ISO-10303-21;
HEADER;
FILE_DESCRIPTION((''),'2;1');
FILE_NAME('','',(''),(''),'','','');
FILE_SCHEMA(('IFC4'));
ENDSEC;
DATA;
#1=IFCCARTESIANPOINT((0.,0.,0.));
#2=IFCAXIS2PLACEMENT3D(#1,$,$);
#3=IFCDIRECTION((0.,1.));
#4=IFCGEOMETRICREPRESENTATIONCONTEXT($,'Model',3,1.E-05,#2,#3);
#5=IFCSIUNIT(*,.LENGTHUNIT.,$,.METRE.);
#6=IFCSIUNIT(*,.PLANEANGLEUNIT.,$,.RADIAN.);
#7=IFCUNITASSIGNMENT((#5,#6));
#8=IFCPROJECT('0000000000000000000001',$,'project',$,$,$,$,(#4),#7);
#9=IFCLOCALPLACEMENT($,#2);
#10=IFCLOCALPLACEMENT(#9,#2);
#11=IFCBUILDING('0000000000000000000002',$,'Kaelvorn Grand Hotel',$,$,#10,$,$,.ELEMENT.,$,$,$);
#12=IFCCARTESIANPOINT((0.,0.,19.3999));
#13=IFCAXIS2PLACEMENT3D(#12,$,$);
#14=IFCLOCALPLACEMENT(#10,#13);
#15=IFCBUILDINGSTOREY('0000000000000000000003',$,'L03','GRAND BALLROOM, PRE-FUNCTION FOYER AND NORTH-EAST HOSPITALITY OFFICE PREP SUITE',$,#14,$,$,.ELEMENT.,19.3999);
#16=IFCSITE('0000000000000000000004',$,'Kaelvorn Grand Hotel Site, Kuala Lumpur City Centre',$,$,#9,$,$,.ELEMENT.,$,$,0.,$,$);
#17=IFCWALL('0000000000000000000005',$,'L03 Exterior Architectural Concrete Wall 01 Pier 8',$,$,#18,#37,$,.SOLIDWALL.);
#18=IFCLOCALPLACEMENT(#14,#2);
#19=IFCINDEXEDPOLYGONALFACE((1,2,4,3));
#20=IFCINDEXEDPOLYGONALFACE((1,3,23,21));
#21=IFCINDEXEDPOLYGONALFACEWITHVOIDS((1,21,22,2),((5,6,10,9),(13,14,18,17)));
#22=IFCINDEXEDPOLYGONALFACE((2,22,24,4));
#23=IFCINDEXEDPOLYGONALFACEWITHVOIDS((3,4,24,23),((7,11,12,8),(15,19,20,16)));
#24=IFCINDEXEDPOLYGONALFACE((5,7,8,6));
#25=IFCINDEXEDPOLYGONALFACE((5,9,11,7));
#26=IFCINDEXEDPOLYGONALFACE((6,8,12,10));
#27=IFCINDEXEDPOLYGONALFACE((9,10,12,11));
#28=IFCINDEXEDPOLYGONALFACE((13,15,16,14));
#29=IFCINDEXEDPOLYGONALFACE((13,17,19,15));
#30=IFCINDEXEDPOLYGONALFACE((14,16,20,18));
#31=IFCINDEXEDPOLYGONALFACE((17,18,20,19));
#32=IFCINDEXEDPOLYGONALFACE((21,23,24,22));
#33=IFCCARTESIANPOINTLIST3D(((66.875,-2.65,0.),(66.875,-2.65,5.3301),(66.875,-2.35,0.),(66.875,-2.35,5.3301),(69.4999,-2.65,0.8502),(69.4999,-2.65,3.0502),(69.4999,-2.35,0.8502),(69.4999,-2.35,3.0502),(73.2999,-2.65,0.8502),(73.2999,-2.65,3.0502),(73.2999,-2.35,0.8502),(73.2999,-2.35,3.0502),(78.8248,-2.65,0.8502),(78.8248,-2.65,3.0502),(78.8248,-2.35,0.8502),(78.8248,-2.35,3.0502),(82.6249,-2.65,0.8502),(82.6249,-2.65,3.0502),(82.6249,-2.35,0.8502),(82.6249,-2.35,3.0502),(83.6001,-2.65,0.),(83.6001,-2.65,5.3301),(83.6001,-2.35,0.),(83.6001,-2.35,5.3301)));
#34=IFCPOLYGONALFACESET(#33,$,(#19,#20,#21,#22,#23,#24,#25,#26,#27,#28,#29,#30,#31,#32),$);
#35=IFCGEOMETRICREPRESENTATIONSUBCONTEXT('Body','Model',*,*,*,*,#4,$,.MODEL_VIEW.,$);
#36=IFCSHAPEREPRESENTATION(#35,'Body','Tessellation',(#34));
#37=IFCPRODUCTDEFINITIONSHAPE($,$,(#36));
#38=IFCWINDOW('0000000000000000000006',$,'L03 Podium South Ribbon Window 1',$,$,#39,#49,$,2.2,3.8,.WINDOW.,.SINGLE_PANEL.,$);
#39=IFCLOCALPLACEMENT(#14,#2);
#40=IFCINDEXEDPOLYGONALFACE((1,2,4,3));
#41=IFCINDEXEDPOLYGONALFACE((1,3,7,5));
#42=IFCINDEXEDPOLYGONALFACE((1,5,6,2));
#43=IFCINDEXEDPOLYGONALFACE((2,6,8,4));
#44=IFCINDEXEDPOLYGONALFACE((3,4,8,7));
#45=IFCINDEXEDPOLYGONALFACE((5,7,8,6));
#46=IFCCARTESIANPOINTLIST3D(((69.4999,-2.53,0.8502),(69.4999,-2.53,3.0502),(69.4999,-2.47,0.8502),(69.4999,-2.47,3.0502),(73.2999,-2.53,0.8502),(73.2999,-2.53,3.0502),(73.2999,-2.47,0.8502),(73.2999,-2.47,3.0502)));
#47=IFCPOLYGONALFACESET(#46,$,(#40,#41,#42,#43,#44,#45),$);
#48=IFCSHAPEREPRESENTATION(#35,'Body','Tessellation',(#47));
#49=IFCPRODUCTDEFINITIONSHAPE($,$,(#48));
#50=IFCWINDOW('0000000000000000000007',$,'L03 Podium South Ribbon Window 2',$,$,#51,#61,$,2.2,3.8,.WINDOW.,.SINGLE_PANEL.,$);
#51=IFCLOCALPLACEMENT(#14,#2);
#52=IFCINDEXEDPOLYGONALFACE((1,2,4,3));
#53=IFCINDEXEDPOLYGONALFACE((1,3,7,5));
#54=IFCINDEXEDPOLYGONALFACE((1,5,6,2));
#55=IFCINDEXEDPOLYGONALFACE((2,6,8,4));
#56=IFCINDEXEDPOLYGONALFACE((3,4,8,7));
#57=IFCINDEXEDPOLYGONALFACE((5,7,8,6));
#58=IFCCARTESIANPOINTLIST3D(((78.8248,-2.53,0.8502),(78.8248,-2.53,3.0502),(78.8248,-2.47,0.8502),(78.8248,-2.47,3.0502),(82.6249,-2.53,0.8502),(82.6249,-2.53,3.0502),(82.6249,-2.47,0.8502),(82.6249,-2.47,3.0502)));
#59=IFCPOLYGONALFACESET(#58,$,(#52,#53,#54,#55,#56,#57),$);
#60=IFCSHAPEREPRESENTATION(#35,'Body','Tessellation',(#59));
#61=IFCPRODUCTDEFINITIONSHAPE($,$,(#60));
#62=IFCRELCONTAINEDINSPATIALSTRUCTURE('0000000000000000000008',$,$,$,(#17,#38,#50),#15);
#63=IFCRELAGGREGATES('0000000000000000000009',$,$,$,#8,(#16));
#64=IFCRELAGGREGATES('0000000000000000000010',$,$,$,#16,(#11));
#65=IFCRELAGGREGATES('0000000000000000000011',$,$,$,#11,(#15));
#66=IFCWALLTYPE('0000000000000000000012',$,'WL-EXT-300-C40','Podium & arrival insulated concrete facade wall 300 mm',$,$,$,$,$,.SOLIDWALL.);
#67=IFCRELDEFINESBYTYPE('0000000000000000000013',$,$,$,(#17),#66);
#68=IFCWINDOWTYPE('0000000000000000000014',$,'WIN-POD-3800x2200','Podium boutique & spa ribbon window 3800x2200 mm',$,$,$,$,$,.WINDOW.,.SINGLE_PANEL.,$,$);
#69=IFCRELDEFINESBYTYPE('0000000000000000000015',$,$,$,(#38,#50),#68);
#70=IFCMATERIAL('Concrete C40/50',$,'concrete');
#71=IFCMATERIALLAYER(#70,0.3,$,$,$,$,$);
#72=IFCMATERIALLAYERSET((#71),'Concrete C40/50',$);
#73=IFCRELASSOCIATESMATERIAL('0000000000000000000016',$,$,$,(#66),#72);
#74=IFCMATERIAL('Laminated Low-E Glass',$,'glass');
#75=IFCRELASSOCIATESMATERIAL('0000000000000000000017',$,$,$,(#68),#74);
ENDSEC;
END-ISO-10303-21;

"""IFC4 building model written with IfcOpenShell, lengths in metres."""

from ifc_helpers import new_model, si_unit, direction, frame, frame_2d, origin, place, context, subcontext, project, spatial, rectangle, extrude, material, layer, layer_set, type_object, element, fill, save


model = new_model("IFC4")

# Units and contexts
model_context = context("Model", 3, precision=1e-05, world=origin(), true_north=direction((0.0, 1.0)))
body_context = subcontext(model_context, "Body", "Model", "MODEL_VIEW")
ifc_project = project(units=[si_unit("LENGTHUNIT", "METRE"), si_unit("PLANEANGLEUNIT", "RADIAN")], contexts=[model_context])

# Site, building, storey
site_placement = place(None, origin())
site = spatial("IfcSite", under=ifc_project, at=site_placement, Name="Kaelvorn Grand Hotel Site, Kuala Lumpur City Centre", CompositionType="ELEMENT", RefElevation=0.0)
building_placement = place(site_placement, origin())
building = spatial("IfcBuilding", under=site, at=building_placement, Name="Kaelvorn Grand Hotel", CompositionType="ELEMENT")
storey_placement = place(building_placement, frame((0.0, 0.0, 19.3999)))
storey = spatial("IfcBuildingStorey", under=building, at=storey_placement, Name="L03", Description="GRAND BALLROOM, PRE-FUNCTION FOYER AND NORTH-EAST HOSPITALITY OFFICE PREP SUITE", CompositionType="ELEMENT", Elevation=19.3999)

# Shared definitions
ifc_material_1 = material(Name="Laminated Low-E Glass", Category="glass")

# Wall, openings, windows
ifc_material_2 = material(Name="Concrete C40/50", Category="concrete")
ifc_layer_1 = layer(ifc_material_2, 0.3)
ifc_layer_set_1 = layer_set([ifc_layer_1], Name="Concrete C40/50")
wall_type = type_object("IfcWallType", Name="WL-EXT-300-C40", Description="Podium & arrival insulated concrete facade wall 300 mm", PredefinedType="SOLIDWALL", material=ifc_layer_set_1)
wall_placement = place(storey_placement, frame((66.875, -2.5, 0.0), z_axis=(0.0, 0.0, 1.0), x_axis=(1.0, 0.0, 0.0)))
wall = element("IfcWall", 1, at=wall_placement, inside=storey, type_object=wall_type, Name="L03 Exterior Architectural Concrete Wall 01 Pier 8", PredefinedType="SOLIDWALL", context=body_context, shape_type="SweptSolid", body=[
    extrude(rectangle(XDim=16.7251, YDim=0.3, at=frame_2d((8.3625, 0.0))), origin(), (0.0, 0.0, 1.0), 5.3301),
])
opening_1_placement = place(wall_placement, frame((2.625, 0.0, 0.8501)))
opening_1 = element("IfcOpeningElement", 2, at=opening_1_placement, cuts=wall, PredefinedType="OPENING", context=body_context, shape_type="SweptSolid", body=[
    extrude(rectangle(XDim=3.8, YDim=2.2, at=frame_2d((1.8999, 1.1001))), frame((0.0, 0.1602, 0.0), z_axis=(0.0, -1.0, 0.0), x_axis=(1.0, 0.0, 0.0)), (0.0, 0.0, 1.0), 0.3201),
])
opening_2_placement = place(wall_placement, frame((11.95, 0.0, 0.8501)))
opening_2 = element("IfcOpeningElement", 3, at=opening_2_placement, cuts=wall, PredefinedType="OPENING", context=body_context, shape_type="SweptSolid", body=[
    extrude(rectangle(XDim=3.8, YDim=2.2, at=frame_2d((1.8999, 1.1001))), frame((0.0, 0.1602, 0.0), z_axis=(0.0, -1.0, 0.0), x_axis=(1.0, 0.0, 0.0)), (0.0, 0.0, 1.0), 0.3201),
])
window_type = type_object("IfcWindowType", Name="WIN-POD-3800x2200", Description="Podium boutique & spa ribbon window 3800x2200 mm", PartitioningType="SINGLE_PANEL", PredefinedType="WINDOW", material=ifc_material_1)
window_1_placement = place(opening_1_placement, origin())
window_1 = element("IfcWindow", 4, at=window_1_placement, inside=storey, type_object=window_type, Name="L03 Podium South Ribbon Window 1", OverallHeight=2.2, OverallWidth=3.8, PartitioningType="SINGLE_PANEL", PredefinedType="WINDOW", context=body_context, shape_type="SweptSolid", body=[
    extrude(rectangle(XDim=3.8, YDim=2.2, at=frame_2d((1.8999, 1.1001))), frame((0.0, 0.03, 0.0), z_axis=(0.0, -1.0, 0.0), x_axis=(1.0, 0.0, 0.0)), (0.0, 0.0, 1.0), 0.0601),
])
fill(opening_1, window_1)
window_2_placement = place(opening_2_placement, origin())
window_2 = element("IfcWindow", 5, at=window_2_placement, inside=storey, type_object=window_type, Name="L03 Podium South Ribbon Window 2", OverallHeight=2.2, OverallWidth=3.8, PartitioningType="SINGLE_PANEL", PredefinedType="WINDOW", context=body_context, shape_type="SweptSolid", body=[
    extrude(rectangle(XDim=3.8, YDim=2.2, at=frame_2d((1.8999, 1.1001))), frame((0.0, 0.03, 0.0), z_axis=(0.0, -1.0, 0.0), x_axis=(1.0, 0.0, 0.0)), (0.0, 0.0, 1.0), 0.0601),
])
fill(opening_2, window_2)

save(model, "model.ifc")
